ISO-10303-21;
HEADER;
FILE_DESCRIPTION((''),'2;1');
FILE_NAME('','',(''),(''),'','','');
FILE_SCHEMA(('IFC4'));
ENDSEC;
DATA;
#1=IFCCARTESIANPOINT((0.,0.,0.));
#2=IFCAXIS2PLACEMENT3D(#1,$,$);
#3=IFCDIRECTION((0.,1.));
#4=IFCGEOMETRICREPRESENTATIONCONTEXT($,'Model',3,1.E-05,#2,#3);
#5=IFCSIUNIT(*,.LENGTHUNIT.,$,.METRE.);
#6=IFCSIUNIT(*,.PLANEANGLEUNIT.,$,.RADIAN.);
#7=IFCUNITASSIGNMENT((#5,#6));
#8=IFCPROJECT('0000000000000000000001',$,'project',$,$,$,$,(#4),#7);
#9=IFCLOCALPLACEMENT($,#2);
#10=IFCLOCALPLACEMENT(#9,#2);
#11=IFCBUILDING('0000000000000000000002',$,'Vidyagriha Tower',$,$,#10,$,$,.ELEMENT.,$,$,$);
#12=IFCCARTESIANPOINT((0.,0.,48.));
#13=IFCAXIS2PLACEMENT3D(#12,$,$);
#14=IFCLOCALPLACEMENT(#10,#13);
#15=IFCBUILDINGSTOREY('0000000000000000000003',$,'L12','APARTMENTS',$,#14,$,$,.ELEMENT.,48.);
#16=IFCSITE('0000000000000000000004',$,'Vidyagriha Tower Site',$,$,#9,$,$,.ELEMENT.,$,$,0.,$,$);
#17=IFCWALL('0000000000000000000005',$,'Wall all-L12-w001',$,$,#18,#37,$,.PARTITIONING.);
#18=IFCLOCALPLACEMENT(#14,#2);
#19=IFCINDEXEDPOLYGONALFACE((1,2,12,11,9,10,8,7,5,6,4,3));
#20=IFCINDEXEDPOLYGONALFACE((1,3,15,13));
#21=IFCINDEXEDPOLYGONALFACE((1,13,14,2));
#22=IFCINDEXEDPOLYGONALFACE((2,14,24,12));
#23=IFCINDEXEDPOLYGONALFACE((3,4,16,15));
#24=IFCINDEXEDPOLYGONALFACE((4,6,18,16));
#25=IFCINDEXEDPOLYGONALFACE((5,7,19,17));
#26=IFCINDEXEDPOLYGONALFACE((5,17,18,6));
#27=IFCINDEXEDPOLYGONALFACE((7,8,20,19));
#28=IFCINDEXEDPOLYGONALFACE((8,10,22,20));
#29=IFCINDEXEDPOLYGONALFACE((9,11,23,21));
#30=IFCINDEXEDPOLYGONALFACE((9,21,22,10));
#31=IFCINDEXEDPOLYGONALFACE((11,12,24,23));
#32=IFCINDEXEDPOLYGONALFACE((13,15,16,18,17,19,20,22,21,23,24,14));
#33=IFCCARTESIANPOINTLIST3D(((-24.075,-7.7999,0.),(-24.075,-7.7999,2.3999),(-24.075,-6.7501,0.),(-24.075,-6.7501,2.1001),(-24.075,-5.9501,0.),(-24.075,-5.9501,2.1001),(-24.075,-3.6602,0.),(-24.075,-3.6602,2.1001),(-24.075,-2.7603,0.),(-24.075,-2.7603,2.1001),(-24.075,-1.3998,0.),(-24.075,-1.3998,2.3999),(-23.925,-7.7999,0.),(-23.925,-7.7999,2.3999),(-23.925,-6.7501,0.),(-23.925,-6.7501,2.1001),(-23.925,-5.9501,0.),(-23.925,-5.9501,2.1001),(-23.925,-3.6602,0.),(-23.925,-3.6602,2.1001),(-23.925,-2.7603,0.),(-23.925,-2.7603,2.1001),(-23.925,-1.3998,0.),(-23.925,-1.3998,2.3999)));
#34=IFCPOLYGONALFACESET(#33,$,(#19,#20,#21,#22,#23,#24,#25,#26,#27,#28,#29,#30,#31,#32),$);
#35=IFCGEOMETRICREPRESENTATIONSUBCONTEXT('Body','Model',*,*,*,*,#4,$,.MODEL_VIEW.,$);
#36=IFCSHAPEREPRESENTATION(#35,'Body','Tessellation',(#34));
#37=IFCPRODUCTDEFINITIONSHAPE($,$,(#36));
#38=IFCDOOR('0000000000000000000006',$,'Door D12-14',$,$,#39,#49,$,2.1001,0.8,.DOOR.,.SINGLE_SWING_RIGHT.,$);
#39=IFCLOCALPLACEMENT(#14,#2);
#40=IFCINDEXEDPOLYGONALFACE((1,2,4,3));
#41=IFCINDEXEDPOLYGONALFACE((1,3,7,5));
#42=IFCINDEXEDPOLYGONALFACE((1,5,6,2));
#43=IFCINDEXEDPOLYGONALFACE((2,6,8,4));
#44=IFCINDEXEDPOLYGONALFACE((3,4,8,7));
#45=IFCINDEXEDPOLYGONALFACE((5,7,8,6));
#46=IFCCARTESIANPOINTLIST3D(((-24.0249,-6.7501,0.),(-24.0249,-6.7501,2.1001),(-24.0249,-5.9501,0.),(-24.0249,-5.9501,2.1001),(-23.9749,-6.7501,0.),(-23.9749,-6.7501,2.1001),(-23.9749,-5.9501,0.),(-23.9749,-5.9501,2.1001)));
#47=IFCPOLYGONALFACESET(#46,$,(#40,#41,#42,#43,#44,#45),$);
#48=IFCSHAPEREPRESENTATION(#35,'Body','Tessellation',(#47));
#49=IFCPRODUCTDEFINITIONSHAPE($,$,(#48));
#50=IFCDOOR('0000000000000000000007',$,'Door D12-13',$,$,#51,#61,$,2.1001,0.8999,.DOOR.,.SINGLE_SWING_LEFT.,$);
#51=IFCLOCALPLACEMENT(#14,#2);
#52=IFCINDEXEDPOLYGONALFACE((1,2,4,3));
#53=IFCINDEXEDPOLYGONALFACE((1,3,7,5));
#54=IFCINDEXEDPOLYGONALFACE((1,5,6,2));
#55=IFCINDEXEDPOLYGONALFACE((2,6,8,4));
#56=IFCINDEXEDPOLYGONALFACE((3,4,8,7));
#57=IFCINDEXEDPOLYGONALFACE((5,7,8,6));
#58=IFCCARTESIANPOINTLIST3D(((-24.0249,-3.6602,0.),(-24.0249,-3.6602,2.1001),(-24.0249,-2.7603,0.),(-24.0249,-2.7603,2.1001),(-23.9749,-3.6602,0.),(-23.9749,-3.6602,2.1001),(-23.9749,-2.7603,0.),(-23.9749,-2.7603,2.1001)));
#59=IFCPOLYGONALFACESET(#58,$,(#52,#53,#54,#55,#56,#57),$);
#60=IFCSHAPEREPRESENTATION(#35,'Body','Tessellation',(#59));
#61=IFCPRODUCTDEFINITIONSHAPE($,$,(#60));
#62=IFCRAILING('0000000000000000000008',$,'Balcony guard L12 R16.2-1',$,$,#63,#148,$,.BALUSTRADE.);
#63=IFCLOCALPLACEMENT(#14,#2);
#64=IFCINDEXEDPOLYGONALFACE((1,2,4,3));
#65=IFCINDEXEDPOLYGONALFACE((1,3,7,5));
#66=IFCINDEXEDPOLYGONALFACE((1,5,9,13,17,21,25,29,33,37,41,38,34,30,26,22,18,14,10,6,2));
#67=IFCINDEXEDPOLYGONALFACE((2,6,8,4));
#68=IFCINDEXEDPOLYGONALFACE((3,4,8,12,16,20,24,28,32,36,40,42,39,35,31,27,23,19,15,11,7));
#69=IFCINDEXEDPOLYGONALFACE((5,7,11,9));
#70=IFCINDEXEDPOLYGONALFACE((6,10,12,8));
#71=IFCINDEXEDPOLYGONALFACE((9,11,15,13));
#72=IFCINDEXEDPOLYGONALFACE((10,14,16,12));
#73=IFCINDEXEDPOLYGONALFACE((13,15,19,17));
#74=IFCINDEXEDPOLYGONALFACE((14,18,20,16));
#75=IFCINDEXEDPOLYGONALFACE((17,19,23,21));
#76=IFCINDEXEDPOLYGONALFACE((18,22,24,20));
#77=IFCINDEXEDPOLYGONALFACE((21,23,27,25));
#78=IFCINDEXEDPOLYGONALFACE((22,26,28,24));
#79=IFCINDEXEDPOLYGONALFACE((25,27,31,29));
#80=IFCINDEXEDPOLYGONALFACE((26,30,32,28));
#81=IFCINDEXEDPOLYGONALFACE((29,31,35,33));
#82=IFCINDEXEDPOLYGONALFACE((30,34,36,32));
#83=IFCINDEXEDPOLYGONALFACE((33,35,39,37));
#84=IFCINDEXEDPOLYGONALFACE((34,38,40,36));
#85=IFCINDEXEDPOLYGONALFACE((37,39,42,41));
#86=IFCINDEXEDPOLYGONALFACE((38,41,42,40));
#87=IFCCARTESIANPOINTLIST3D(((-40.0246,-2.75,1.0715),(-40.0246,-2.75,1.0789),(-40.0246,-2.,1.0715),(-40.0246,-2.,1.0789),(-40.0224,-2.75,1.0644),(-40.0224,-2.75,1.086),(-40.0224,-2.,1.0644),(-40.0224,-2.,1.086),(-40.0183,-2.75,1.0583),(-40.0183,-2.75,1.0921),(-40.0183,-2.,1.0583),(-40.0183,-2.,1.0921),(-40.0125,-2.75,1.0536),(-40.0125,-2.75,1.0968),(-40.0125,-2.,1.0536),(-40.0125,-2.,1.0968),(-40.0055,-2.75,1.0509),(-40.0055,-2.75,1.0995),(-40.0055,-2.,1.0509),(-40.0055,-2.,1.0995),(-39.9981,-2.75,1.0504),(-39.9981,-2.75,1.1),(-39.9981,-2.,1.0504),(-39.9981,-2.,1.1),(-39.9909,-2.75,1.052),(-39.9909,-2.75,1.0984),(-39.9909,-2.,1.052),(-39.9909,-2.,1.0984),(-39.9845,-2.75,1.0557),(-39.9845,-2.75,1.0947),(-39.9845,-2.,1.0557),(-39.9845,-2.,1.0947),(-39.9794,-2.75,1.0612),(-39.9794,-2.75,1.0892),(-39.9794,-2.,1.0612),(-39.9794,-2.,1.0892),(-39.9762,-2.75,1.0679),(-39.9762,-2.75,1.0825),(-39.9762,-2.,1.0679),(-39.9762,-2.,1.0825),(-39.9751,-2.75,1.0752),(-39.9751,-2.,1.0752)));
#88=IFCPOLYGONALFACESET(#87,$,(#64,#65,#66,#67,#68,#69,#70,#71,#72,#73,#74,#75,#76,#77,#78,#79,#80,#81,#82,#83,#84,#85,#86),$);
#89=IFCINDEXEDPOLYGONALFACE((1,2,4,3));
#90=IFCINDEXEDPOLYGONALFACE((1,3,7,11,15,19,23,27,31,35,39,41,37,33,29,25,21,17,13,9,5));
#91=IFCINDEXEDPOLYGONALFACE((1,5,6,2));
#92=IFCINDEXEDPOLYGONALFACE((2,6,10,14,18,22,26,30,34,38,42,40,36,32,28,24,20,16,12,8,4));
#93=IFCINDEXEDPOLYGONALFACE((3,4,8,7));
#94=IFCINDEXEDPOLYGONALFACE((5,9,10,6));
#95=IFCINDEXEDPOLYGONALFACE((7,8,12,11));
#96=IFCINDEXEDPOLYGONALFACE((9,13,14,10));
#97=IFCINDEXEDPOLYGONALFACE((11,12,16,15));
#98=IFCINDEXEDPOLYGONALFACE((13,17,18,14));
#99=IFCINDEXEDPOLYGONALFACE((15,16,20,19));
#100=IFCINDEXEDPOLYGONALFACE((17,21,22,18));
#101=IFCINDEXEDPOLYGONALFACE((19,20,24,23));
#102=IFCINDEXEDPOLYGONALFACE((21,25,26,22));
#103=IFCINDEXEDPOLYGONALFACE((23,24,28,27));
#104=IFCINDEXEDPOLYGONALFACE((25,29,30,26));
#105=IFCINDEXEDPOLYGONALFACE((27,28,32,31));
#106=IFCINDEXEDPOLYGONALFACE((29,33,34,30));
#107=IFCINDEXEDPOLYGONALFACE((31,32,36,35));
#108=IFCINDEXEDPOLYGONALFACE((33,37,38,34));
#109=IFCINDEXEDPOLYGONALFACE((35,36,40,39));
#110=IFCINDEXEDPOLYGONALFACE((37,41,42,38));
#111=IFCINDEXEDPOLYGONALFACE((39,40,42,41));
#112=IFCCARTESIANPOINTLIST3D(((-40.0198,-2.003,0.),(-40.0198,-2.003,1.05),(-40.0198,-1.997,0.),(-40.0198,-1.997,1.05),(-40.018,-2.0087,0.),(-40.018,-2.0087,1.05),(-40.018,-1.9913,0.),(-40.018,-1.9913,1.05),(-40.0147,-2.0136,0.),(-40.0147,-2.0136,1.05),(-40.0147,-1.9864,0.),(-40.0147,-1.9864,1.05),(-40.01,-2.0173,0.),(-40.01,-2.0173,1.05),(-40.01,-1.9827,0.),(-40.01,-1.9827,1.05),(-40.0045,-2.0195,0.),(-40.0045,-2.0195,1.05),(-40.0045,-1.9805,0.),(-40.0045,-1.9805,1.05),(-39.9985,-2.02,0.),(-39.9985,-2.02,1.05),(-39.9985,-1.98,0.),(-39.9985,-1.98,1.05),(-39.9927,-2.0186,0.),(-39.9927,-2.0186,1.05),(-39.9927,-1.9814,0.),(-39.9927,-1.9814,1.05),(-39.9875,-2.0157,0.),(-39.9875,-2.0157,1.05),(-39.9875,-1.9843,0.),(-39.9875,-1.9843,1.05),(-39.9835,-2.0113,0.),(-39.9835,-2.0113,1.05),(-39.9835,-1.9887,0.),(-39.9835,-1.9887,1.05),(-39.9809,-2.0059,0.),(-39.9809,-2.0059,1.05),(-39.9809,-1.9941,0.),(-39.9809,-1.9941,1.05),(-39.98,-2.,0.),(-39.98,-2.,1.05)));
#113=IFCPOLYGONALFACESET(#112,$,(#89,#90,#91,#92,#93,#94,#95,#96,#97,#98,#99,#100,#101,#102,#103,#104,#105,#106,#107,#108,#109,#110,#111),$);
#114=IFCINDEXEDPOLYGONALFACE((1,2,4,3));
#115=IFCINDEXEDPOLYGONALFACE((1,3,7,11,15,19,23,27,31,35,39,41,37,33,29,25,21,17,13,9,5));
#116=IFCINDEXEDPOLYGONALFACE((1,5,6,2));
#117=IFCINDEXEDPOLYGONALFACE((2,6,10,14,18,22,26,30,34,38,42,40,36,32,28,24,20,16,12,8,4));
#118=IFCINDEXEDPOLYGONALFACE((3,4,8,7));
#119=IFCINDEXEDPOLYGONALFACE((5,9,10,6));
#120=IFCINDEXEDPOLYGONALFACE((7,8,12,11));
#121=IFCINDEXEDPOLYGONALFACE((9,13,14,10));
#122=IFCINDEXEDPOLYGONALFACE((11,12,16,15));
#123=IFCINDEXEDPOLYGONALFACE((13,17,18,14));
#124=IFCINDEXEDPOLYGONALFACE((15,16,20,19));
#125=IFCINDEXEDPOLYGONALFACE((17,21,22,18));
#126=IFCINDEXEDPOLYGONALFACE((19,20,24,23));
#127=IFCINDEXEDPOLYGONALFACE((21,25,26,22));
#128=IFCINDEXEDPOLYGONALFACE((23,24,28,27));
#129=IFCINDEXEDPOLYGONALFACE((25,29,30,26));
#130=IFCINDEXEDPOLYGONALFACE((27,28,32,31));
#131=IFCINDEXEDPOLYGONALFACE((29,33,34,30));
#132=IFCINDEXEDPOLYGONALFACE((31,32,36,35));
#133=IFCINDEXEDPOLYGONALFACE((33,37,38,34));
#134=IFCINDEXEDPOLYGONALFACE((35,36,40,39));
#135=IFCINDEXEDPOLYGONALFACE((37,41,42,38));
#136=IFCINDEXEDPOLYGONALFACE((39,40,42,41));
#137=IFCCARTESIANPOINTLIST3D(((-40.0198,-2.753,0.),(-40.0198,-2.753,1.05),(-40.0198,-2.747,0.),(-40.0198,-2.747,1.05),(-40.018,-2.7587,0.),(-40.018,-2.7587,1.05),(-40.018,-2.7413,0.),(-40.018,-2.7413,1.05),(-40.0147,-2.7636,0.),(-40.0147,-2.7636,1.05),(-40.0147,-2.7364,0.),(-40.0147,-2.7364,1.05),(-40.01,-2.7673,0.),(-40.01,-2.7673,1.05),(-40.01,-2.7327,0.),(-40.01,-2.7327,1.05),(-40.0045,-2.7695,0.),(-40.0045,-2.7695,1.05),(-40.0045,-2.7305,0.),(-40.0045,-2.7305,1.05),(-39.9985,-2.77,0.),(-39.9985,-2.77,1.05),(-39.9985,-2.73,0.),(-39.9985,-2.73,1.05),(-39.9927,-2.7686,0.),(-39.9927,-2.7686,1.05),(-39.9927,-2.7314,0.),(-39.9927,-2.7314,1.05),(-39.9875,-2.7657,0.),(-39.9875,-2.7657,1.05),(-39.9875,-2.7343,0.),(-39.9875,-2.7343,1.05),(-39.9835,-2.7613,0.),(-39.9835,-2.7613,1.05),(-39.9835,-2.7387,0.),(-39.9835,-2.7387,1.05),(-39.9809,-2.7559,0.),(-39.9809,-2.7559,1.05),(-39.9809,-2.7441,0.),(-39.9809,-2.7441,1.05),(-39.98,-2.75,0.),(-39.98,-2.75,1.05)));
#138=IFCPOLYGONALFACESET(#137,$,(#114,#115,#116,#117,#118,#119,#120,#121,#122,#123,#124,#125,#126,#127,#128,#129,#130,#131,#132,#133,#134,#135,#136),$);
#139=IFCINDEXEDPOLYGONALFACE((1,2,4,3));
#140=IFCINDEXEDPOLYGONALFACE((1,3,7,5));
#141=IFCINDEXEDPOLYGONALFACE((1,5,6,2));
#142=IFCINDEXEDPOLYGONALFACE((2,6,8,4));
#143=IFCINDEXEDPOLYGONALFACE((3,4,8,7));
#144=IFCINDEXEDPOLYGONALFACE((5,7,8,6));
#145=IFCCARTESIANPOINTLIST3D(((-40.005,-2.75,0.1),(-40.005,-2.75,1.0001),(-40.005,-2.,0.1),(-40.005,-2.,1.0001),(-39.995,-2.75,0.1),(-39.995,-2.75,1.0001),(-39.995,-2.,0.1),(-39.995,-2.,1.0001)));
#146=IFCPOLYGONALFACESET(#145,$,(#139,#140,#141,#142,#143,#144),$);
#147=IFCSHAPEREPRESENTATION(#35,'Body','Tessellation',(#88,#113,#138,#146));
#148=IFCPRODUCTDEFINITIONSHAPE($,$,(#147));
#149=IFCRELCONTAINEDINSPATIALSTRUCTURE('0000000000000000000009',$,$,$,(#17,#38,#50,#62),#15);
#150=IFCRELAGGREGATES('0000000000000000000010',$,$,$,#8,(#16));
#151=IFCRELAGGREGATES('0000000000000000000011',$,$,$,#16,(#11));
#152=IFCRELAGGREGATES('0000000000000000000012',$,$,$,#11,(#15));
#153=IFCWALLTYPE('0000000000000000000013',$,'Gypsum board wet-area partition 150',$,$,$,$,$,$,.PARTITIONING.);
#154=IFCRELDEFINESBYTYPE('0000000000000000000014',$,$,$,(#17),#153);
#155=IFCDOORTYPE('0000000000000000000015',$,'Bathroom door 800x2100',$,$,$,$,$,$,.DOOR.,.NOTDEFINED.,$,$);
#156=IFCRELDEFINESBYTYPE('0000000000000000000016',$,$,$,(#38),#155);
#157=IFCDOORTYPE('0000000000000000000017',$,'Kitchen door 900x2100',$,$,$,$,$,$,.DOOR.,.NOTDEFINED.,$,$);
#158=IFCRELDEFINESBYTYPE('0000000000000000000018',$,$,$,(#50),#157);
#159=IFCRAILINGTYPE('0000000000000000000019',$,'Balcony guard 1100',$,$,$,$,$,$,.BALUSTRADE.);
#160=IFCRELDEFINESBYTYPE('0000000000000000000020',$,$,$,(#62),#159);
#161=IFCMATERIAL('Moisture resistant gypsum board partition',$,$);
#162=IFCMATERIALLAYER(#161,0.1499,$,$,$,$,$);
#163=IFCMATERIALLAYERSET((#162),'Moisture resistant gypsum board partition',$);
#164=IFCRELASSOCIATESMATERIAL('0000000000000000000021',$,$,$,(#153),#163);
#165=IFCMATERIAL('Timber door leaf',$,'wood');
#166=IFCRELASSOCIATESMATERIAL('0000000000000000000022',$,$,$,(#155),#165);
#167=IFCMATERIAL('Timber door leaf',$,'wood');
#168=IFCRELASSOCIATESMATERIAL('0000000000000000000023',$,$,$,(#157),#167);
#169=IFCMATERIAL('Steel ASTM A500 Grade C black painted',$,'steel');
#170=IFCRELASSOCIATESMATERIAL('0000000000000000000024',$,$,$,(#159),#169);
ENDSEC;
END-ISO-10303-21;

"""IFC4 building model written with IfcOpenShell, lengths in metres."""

from ifc_helpers import new_model, si_unit, direction, frame, frame_2d, origin, origin_2d, place, context, subcontext, project, spatial, rectangle, circle, extrude, material, layer, layer_set, type_object, element, fill, save


model = new_model("IFC4")

# Units and contexts
model_context = context("Model", 3, precision=1e-05, world=origin(), true_north=direction((0.0, 1.0)))
body_context = subcontext(model_context, "Body", "Model", "MODEL_VIEW")
ifc_project = project(units=[si_unit("LENGTHUNIT", "METRE"), si_unit("PLANEANGLEUNIT", "RADIAN")], contexts=[model_context])

# Site, building, storey
site_placement = place(None, origin())
site = spatial("IfcSite", under=ifc_project, at=site_placement, Name="Vidyagriha Tower Site", CompositionType="ELEMENT", RefElevation=0.0)
building_placement = place(site_placement, origin())
building = spatial("IfcBuilding", under=site, at=building_placement, Name="Vidyagriha Tower", CompositionType="ELEMENT")
storey_placement = place(building_placement, frame((0.0, 0.0, 48.0)))
storey = spatial("IfcBuildingStorey", under=building, at=storey_placement, Name="L12", Description="APARTMENTS", CompositionType="ELEMENT", Elevation=48.0)

# Wall, openings, doors
ifc_material_1 = material(Name="Moisture resistant gypsum board partition")
ifc_layer_1 = layer(ifc_material_1, 0.1499)
ifc_layer_set_1 = layer_set([ifc_layer_1], Name="Moisture resistant gypsum board partition")
wall_type_1 = type_object("IfcWallType", Name="Gypsum board wet-area partition 150", PredefinedType="PARTITIONING", material=ifc_layer_set_1)
wall_1_placement = place(storey_placement, frame((-24.0, -7.8, 0.0), z_axis=(0.0, 0.0, 1.0), x_axis=(0.0, 1.0, 0.0)))
wall_1 = element("IfcWall", 1, at=wall_1_placement, inside=storey, type_object=wall_type_1, Name="Wall all-L12-w001", PredefinedType="PARTITIONING", context=body_context, shape_type="SweptSolid", body=[
    extrude(rectangle(XDim=6.4001, YDim=0.1499, at=frame_2d((3.2002, 0.0))), origin(), (0.0, 0.0, 1.0), 2.3999),
])
opening_1_placement = place(wall_1_placement, frame((4.1399, 0.0, 0.0)))
opening_1 = element("IfcOpeningElement", 2, at=opening_1_placement, cuts=wall_1, PredefinedType="OPENING", context=body_context, shape_type="SweptSolid", body=[
    extrude(rectangle(XDim=0.8999, YDim=2.1001, at=frame_2d((0.45, 1.05))), frame((0.0, 0.085, 0.0), z_axis=(0.0, -1.0, 0.0), x_axis=(1.0, 0.0, 0.0)), (0.0, 0.0, 1.0), 0.1699),
])
opening_2_placement = place(wall_1_placement, frame((1.05, 0.0, 0.0)))
opening_2 = element("IfcOpeningElement", 3, at=opening_2_placement, cuts=wall_1, PredefinedType="OPENING", context=body_context, shape_type="SweptSolid", body=[
    extrude(rectangle(XDim=0.8, YDim=2.1001, at=frame_2d((0.3999, 1.05))), frame((0.0, 0.085, 0.0), z_axis=(0.0, -1.0, 0.0), x_axis=(1.0, 0.0, 0.0)), (0.0, 0.0, 1.0), 0.1699),
])
ifc_material_2 = material(Name="Timber door leaf", Category="wood")
door_type_1 = type_object("IfcDoorType", Name="Bathroom door 800x2100", OperationType="NOTDEFINED", PredefinedType="DOOR", material=ifc_material_2)
door_1_placement = place(opening_2_placement, origin())
door_1 = element("IfcDoor", 4, at=door_1_placement, inside=storey, type_object=door_type_1, Name="Door D12-14", OperationType="SINGLE_SWING_RIGHT", OverallHeight=2.1001, OverallWidth=0.8, PredefinedType="DOOR", context=body_context, shape_type="SweptSolid", body=[
    extrude(rectangle(XDim=0.8, YDim=2.1001, at=frame_2d((0.3999, 1.05))), frame((0.0, 0.0249, 0.0), z_axis=(0.0, -1.0, 0.0), x_axis=(1.0, 0.0, 0.0)), (0.0, 0.0, 1.0), 0.05),
])
fill(opening_2, door_1)
ifc_material_3 = material(Name="Timber door leaf", Category="wood")
door_type_2 = type_object("IfcDoorType", Name="Kitchen door 900x2100", OperationType="NOTDEFINED", PredefinedType="DOOR", material=ifc_material_3)
door_2_placement = place(opening_1_placement, origin())
door_2 = element("IfcDoor", 5, at=door_2_placement, inside=storey, type_object=door_type_2, Name="Door D12-13", OperationType="SINGLE_SWING_LEFT", OverallHeight=2.1001, OverallWidth=0.8999, PredefinedType="DOOR", context=body_context, shape_type="SweptSolid", body=[
    extrude(rectangle(XDim=0.8999, YDim=2.1001, at=frame_2d((0.45, 1.05))), frame((0.0, 0.0249, 0.0), z_axis=(0.0, -1.0, 0.0), x_axis=(1.0, 0.0, 0.0)), (0.0, 0.0, 1.0), 0.05),
])
fill(opening_1, door_2)

# Railing
ifc_material_4 = material(Name="Steel ASTM A500 Grade C black painted", Category="steel")
railing_type_1 = type_object("IfcRailingType", Name="Balcony guard 1100", PredefinedType="BALUSTRADE", material=ifc_material_4)
railing_1_placement = place(storey_placement, frame((-40.0, -2.0, 0.0)))
element("IfcRailing", 6, at=railing_1_placement, inside=storey, type_object=railing_type_1, Name="Balcony guard L12 R16.2-1", PredefinedType="BALUSTRADE", context=body_context, shape_type="SweptSolid", body=[
    extrude(circle(Radius=0.0249, at=origin_2d()), frame((0.0, 0.0, 1.0752), z_axis=(0.0, -1.0, 0.0), x_axis=(1.0, 0.0, 0.0)), (0.0, 0.0, 1.0), 0.75),
    extrude(circle(Radius=0.02, at=origin_2d()), origin(), (0.0, 0.0, 1.0), 1.05),
    extrude(circle(Radius=0.02, at=origin_2d()), frame((0.0, -0.75, 0.0)), (0.0, 0.0, 1.0), 1.05),
    extrude(rectangle(XDim=0.01, YDim=0.9001, at=origin_2d()), frame((0.0, 0.0, 0.55), z_axis=(0.0, -1.0, 0.0), x_axis=(1.0, 0.0, 0.0)), (0.0, 0.0, 1.0), 0.75),
])

save(model, "model.ifc")
